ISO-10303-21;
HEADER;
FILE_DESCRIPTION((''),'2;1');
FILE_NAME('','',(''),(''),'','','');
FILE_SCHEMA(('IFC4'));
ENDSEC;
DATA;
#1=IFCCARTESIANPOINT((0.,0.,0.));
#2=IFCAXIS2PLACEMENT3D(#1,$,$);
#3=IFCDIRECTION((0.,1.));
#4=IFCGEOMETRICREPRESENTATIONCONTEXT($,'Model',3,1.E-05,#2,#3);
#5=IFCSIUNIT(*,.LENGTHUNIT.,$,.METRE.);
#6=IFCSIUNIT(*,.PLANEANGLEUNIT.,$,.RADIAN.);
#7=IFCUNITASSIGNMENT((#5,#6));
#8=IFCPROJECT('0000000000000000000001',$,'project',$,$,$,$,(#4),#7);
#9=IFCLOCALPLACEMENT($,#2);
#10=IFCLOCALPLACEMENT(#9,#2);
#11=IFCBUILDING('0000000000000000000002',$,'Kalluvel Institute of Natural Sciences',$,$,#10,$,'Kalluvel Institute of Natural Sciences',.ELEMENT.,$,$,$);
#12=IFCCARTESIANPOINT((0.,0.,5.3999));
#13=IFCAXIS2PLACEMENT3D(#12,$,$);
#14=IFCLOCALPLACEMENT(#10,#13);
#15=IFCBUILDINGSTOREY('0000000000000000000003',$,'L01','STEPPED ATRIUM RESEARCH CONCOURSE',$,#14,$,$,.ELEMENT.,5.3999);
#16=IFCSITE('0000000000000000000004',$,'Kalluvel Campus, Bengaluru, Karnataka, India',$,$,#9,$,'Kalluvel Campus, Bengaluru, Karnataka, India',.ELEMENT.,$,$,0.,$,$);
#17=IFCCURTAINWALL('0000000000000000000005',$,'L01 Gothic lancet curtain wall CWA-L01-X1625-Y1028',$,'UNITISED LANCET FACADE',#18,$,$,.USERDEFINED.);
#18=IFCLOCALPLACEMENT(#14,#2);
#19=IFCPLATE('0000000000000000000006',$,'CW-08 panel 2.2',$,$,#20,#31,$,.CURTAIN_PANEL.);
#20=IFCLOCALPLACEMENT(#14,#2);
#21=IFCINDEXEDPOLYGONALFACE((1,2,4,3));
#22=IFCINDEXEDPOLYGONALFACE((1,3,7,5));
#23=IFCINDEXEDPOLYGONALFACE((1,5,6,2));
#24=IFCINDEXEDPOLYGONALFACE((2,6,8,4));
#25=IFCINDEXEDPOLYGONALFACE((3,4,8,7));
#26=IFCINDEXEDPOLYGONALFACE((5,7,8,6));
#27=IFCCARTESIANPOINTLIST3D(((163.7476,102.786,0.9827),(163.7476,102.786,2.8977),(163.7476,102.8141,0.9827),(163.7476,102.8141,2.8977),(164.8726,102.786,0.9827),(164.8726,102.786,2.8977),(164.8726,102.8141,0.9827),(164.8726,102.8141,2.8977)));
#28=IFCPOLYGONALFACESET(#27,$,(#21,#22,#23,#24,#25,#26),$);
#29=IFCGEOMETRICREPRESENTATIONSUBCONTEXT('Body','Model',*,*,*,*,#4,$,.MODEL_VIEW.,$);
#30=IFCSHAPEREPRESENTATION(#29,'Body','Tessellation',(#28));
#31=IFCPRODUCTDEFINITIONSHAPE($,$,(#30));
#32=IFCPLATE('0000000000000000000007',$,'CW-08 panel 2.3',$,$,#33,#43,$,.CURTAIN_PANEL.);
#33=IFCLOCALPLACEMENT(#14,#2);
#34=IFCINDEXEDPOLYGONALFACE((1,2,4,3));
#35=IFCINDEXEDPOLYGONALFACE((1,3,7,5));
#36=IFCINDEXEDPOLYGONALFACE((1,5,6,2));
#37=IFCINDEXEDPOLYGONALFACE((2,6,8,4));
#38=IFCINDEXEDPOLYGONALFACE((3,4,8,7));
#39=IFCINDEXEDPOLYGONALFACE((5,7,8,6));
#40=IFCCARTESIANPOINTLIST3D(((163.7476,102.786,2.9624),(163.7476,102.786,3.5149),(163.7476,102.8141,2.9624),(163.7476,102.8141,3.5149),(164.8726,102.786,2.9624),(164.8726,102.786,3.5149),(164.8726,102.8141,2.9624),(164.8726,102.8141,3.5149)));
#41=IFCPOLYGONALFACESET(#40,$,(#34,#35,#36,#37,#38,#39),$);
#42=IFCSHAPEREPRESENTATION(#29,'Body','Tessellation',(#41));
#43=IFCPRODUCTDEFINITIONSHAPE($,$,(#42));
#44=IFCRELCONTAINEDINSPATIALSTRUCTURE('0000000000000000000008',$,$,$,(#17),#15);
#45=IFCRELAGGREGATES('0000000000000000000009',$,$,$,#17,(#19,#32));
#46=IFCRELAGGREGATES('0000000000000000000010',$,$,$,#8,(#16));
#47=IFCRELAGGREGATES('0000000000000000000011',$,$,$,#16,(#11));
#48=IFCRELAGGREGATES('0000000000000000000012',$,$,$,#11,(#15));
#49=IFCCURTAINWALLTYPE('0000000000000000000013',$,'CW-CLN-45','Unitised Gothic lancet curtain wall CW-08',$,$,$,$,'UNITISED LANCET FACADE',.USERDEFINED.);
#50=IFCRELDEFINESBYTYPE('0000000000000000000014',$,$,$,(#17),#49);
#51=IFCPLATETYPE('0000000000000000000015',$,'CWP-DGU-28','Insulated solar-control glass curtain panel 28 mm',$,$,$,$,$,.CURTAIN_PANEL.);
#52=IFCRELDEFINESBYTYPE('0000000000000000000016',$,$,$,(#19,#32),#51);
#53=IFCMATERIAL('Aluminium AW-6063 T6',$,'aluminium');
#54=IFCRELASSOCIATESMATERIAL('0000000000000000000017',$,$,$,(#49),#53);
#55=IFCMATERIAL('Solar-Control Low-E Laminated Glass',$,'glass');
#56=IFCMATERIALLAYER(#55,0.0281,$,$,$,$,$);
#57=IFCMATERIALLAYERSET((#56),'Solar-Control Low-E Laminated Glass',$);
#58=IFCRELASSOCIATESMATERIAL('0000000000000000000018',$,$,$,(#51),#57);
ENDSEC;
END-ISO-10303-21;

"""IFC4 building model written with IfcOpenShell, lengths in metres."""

from ifc_helpers import new_model, si_unit, direction, frame, origin, origin_2d, place, context, subcontext, project, spatial, rectangle, extrude, material, layer, layer_set, type_object, element, aggregate, save


model = new_model("IFC4")

# Units and contexts
model_context = context("Model", 3, precision=1e-05, world=origin(), true_north=direction((0.0, 1.0)))
body_context = subcontext(model_context, "Body", "Model", "MODEL_VIEW")
ifc_project = project(units=[si_unit("LENGTHUNIT", "METRE"), si_unit("PLANEANGLEUNIT", "RADIAN")], contexts=[model_context])

# Site, building, storey
site_placement = place(None, origin())
site = spatial("IfcSite", under=ifc_project, at=site_placement, Name="Kalluvel Campus, Bengaluru, Karnataka, India", LongName="Kalluvel Campus, Bengaluru, Karnataka, India", CompositionType="ELEMENT", RefElevation=0.0)
building_placement = place(site_placement, origin())
building = spatial("IfcBuilding", under=site, at=building_placement, Name="Kalluvel Institute of Natural Sciences", LongName="Kalluvel Institute of Natural Sciences", CompositionType="ELEMENT")
storey_placement = place(building_placement, frame((0.0, 0.0, 5.3999)))
storey = spatial("IfcBuildingStorey", under=building, at=storey_placement, Name="L01", Description="STEPPED ATRIUM RESEARCH CONCOURSE", CompositionType="ELEMENT", Elevation=5.3999)

# Shared definitions
ifc_material_1 = material(Name="Aluminium AW-6063 T6", Category="aluminium")
curtain_wall_type = type_object("IfcCurtainWallType", Name="CW-CLN-45", Description="Unitised Gothic lancet curtain wall CW-08", ElementType="UNITISED LANCET FACADE", PredefinedType="USERDEFINED", material=ifc_material_1)

# Curtain wall
curtain_wall_1_placement = place(storey_placement, origin())
curtain_wall_1 = element("IfcCurtainWall", 1, at=curtain_wall_1_placement, inside=storey, type_object=curtain_wall_type, Name="L01 Gothic lancet curtain wall CWA-L01-X1625-Y1028", ObjectType="UNITISED LANCET FACADE", PredefinedType="USERDEFINED")

# Plates
ifc_material_2 = material(Name="Solar-Control Low-E Laminated Glass", Category="glass")
ifc_layer = layer(ifc_material_2, 0.0281)
ifc_layer_set = layer_set([ifc_layer], Name="Solar-Control Low-E Laminated Glass")
plate_type = type_object("IfcPlateType", Name="CWP-DGU-28", Description="Insulated solar-control glass curtain panel 28 mm", PredefinedType="CURTAIN_PANEL", material=ifc_layer_set)
plate_1_placement = place(storey_placement, frame((164.3101, 102.8, 0.9827), z_axis=(0.0, 0.0, 1.0), x_axis=(1.0, 0.0, 0.0)))
plate_1 = element("IfcPlate", 2, at=plate_1_placement, type_object=plate_type, Name="CW-08 panel 2.2", PredefinedType="CURTAIN_PANEL", context=body_context, shape_type="SweptSolid", body=[
    extrude(rectangle(XDim=1.125, YDim=0.0281, at=origin_2d()), origin(), (0.0, 0.0, 1.0), 1.915),
])
plate_2_placement = place(storey_placement, frame((164.3101, 102.8, 2.9624), z_axis=(0.0, 0.0, 1.0), x_axis=(1.0, 0.0, 0.0)))
plate_2 = element("IfcPlate", 3, at=plate_2_placement, type_object=plate_type, Name="CW-08 panel 2.3", PredefinedType="CURTAIN_PANEL", context=body_context, shape_type="SweptSolid", body=[
    extrude(rectangle(XDim=1.125, YDim=0.0281, at=origin_2d()), origin(), (0.0, 0.0, 1.0), 0.5525),
])
aggregate(curtain_wall_1, [plate_1, plate_2])

save(model, "model.ifc")
